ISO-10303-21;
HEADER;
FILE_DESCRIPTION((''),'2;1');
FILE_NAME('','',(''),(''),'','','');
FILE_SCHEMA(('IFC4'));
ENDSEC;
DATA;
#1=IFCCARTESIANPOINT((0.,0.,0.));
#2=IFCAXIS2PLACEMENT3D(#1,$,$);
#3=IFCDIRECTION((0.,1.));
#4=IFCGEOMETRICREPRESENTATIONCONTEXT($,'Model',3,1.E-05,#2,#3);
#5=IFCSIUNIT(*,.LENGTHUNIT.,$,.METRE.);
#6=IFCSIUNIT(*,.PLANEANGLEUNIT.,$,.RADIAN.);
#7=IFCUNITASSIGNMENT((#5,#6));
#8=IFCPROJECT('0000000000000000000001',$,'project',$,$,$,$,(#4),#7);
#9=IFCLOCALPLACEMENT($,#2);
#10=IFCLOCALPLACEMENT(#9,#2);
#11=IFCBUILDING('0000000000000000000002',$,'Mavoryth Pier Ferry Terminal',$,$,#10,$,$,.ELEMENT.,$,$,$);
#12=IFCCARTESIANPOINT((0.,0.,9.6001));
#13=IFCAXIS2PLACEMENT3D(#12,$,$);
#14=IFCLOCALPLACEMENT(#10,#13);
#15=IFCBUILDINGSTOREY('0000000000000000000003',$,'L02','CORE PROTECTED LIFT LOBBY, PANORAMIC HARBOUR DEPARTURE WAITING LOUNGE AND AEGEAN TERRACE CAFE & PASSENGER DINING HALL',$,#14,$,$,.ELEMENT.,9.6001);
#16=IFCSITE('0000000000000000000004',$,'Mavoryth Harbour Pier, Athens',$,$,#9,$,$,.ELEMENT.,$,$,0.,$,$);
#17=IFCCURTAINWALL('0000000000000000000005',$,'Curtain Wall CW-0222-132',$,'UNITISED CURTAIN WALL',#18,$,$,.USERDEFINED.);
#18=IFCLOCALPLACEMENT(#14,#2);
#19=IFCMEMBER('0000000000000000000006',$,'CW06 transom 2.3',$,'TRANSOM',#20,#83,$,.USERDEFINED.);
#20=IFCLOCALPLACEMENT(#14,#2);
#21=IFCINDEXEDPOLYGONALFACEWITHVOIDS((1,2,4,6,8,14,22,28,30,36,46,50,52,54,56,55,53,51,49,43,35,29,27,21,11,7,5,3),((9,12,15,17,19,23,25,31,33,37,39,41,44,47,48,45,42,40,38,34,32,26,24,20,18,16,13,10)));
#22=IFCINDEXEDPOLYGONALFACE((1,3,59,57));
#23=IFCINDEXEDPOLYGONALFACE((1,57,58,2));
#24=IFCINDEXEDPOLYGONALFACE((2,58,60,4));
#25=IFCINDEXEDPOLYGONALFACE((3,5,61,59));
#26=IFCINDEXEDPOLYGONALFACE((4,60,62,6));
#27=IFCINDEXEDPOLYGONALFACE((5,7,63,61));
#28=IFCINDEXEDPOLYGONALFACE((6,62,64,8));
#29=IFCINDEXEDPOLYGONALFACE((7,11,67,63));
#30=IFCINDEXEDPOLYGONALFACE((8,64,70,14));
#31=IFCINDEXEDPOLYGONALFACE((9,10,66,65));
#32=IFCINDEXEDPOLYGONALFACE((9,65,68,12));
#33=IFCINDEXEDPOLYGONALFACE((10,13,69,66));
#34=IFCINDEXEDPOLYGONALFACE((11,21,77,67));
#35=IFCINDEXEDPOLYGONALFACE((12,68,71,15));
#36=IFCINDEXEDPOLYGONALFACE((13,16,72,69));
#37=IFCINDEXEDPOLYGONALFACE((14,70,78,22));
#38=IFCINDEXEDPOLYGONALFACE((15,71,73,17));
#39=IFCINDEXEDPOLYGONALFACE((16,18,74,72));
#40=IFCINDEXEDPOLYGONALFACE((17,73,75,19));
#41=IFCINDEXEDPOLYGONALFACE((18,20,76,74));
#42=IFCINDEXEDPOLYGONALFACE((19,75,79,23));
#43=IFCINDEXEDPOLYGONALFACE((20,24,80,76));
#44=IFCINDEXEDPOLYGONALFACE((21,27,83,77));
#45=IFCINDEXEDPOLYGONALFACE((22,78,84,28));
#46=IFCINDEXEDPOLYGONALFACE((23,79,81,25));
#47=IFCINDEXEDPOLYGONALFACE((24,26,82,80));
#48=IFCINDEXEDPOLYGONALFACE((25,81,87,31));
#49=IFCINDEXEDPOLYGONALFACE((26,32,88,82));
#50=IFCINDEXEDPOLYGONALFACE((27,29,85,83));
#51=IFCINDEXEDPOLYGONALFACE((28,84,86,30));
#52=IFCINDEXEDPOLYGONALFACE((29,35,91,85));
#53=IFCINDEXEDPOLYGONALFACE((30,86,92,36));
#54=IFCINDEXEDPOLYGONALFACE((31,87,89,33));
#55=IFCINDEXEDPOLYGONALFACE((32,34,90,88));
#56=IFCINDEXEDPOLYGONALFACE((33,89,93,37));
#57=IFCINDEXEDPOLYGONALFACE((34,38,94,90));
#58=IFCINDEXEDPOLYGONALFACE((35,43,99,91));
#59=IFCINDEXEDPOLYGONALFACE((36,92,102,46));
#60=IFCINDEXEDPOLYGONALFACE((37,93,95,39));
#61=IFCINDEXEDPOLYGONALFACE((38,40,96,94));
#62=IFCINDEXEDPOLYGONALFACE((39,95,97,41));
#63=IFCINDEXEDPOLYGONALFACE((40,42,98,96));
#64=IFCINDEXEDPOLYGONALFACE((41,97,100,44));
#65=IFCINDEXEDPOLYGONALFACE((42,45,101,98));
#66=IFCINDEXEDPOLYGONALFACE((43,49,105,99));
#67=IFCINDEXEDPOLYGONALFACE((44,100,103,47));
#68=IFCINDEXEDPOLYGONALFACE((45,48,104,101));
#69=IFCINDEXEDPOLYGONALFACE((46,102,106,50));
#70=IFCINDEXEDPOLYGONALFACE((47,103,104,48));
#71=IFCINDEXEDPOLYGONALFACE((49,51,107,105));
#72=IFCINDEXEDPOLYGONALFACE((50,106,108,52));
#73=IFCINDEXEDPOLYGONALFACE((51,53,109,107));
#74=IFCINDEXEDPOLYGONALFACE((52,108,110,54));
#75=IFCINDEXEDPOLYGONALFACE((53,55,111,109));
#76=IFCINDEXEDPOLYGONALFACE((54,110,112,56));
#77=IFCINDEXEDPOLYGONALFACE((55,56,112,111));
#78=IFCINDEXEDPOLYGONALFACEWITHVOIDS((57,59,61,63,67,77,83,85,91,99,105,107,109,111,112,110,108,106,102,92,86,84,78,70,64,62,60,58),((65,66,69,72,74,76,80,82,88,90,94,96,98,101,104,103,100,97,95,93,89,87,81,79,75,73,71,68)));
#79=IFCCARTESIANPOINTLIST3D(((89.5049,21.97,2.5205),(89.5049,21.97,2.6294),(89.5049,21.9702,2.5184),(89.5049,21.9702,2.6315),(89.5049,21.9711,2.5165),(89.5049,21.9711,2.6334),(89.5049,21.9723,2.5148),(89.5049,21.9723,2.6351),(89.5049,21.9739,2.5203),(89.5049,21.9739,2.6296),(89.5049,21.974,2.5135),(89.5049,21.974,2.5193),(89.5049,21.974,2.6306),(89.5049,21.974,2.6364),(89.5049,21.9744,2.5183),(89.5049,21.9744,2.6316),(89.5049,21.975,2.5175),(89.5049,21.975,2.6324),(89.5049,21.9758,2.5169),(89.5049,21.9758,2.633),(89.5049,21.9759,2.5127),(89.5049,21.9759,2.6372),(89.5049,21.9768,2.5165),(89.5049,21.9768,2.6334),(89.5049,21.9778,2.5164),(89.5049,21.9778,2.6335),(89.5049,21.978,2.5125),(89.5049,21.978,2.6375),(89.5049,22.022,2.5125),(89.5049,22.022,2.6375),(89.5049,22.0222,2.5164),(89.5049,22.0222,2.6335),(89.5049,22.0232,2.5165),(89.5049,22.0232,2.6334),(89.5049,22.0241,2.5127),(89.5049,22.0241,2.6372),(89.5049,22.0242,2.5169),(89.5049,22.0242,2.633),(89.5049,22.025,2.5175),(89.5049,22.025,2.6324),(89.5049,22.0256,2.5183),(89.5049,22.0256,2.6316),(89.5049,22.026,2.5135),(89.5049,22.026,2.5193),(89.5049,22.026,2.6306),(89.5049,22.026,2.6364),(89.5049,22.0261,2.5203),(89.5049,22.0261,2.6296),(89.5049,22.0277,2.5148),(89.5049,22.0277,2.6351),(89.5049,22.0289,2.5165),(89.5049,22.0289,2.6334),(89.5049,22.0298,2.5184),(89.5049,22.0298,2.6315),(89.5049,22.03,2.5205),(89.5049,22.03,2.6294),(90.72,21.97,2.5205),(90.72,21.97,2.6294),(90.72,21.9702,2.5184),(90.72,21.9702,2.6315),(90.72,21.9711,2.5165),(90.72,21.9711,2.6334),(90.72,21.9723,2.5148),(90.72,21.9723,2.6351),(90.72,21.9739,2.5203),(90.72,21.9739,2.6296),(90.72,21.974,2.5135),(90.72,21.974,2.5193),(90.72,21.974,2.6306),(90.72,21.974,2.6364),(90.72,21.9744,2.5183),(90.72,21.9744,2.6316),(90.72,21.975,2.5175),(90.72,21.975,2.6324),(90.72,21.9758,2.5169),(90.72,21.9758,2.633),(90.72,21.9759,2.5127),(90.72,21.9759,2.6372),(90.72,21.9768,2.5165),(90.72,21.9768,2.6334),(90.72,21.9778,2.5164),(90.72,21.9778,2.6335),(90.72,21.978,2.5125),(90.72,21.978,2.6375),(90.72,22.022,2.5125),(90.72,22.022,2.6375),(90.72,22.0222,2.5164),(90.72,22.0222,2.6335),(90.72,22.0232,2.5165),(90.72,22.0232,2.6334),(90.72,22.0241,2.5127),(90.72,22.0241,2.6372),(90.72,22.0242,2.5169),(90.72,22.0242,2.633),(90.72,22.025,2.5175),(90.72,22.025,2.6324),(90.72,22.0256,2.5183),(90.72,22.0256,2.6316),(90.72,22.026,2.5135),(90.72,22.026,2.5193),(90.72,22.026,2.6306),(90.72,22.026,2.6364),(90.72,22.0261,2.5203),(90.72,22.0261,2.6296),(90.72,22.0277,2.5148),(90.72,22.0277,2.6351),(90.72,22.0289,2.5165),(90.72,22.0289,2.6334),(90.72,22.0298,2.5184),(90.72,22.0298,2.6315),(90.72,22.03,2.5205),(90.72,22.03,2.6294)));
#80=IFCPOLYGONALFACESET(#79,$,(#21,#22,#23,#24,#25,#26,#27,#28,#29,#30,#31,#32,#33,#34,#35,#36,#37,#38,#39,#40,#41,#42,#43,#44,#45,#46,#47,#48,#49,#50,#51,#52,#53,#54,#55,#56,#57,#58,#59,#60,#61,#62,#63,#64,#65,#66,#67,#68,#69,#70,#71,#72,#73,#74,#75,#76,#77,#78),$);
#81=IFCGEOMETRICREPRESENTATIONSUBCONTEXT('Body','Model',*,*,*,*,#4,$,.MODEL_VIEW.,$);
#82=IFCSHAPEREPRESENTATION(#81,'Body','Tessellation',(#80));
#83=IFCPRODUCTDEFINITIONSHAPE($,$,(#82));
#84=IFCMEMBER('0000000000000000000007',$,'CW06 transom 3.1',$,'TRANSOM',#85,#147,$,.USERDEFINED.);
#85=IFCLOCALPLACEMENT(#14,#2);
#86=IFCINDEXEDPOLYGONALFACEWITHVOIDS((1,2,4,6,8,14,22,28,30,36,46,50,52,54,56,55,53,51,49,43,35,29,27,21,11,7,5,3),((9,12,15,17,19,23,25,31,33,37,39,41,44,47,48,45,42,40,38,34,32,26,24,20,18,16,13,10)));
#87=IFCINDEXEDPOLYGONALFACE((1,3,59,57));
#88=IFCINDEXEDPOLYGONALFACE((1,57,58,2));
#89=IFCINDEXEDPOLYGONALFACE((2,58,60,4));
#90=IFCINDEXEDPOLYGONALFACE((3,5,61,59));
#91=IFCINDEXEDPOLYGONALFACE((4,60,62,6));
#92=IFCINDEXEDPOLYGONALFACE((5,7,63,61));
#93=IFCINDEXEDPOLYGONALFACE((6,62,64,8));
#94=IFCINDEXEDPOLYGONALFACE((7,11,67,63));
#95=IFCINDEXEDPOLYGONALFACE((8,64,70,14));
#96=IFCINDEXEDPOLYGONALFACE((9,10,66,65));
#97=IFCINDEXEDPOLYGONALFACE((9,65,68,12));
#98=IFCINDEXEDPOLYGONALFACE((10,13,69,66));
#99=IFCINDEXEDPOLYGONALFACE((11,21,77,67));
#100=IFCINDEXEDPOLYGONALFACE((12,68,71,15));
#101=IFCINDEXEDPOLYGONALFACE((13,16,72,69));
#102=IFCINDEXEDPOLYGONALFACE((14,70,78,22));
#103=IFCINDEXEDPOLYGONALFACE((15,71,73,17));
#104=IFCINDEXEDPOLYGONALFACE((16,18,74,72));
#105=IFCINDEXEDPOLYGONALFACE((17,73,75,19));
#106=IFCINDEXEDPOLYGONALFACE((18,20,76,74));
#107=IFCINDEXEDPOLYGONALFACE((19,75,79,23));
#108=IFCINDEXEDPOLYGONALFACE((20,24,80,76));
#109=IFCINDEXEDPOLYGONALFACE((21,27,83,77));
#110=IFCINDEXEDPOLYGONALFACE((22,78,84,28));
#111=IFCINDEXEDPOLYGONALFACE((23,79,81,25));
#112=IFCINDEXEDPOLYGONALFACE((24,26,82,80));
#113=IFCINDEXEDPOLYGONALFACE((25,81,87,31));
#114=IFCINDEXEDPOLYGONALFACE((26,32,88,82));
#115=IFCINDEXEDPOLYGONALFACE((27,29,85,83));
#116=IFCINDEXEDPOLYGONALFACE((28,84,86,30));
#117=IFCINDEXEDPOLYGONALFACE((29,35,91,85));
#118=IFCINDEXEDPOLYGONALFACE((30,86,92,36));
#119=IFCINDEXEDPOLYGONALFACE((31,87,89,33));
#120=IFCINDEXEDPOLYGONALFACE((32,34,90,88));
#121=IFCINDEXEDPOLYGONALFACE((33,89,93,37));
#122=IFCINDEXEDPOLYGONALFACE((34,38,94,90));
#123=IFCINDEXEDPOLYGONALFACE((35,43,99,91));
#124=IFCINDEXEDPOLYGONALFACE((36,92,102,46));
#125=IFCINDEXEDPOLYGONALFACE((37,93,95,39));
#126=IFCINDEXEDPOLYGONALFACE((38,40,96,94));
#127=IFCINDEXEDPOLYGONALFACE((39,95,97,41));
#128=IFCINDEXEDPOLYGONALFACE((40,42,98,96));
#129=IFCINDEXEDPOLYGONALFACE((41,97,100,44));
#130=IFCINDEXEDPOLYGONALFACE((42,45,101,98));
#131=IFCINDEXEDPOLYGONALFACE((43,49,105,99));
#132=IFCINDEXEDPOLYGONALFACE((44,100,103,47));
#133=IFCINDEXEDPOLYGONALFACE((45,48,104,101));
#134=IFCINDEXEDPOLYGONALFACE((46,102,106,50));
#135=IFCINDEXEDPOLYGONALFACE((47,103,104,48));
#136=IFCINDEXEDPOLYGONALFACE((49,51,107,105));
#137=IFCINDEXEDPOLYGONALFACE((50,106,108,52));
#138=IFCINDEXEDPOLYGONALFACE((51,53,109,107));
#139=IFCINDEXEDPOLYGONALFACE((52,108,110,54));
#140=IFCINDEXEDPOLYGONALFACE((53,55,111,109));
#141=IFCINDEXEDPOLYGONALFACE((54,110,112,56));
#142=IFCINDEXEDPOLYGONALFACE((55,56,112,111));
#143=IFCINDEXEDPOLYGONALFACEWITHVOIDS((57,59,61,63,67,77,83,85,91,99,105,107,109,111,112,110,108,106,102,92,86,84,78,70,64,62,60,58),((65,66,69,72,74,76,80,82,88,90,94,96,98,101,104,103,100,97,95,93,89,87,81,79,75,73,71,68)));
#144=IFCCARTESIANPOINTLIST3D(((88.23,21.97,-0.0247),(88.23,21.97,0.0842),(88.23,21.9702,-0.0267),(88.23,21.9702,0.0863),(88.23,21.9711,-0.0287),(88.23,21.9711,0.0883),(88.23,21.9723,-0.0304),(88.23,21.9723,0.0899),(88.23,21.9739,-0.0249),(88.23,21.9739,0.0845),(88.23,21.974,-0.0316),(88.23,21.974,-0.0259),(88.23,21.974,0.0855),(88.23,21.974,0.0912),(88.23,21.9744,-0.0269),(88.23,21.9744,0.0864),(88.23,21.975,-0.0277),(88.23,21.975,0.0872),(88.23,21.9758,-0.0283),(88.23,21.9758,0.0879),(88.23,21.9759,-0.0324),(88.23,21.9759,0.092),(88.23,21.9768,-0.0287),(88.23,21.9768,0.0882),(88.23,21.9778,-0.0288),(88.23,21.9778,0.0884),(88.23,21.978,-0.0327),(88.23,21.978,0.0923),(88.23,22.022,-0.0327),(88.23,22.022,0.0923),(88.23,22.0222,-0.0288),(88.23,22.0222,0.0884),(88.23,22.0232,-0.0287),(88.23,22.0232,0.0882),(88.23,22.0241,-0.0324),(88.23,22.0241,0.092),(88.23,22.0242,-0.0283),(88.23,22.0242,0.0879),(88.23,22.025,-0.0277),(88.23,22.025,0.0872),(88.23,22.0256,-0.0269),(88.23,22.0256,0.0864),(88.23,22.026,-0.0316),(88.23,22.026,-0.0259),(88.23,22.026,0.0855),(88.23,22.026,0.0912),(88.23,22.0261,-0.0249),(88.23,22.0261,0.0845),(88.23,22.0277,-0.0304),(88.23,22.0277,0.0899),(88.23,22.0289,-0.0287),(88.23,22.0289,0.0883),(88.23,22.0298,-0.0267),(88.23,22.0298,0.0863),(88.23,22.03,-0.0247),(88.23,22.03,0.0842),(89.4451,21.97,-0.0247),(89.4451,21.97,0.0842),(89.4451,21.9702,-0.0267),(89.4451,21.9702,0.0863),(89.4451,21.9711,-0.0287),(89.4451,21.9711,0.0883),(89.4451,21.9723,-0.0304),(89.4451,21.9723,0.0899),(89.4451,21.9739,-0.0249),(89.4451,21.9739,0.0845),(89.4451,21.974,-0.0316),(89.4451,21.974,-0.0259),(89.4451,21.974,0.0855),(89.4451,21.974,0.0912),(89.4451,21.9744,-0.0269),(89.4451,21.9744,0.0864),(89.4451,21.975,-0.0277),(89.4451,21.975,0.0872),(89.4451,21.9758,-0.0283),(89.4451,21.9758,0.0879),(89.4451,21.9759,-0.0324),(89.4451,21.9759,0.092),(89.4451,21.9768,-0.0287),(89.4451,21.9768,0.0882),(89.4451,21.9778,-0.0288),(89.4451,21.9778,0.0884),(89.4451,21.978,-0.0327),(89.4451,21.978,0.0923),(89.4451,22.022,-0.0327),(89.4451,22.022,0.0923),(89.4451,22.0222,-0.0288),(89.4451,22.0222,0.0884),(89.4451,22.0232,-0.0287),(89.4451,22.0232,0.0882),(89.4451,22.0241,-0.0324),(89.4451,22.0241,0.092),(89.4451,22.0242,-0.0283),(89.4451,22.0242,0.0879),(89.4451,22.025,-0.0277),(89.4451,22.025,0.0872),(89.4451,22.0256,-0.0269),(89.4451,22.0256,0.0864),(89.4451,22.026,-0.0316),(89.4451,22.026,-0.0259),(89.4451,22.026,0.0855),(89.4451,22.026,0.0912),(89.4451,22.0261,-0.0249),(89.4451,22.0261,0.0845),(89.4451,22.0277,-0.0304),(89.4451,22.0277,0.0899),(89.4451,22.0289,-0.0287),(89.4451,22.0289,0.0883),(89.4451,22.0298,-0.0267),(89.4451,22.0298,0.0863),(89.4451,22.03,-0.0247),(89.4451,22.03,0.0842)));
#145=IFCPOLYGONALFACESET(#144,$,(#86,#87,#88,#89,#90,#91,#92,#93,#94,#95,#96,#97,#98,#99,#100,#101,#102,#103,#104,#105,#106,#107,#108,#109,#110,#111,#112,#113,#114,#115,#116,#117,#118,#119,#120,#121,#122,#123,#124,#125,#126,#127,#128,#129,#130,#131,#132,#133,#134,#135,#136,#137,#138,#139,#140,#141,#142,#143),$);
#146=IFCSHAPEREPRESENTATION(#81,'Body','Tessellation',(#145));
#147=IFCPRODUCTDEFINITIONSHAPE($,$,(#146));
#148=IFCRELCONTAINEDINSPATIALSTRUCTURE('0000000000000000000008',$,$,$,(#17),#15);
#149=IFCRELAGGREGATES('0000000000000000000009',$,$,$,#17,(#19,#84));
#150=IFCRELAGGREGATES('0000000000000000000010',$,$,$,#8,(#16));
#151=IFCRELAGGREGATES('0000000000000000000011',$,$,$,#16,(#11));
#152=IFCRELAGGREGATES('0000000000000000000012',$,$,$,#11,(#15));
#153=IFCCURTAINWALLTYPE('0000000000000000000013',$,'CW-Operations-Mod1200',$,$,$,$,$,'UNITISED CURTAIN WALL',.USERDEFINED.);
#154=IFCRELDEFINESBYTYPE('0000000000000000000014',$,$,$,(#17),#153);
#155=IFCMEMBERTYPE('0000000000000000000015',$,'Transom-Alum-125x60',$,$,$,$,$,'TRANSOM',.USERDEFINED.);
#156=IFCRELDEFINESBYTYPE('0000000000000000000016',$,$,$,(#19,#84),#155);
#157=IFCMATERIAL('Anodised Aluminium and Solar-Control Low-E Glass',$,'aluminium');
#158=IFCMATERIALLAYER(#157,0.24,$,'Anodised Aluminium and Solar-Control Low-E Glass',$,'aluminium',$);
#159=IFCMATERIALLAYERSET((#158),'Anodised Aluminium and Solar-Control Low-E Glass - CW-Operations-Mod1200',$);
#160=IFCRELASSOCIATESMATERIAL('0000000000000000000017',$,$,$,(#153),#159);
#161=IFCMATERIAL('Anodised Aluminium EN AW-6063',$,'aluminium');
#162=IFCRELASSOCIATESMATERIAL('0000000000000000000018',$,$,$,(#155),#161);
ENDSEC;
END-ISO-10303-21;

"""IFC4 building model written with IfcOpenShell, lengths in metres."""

from ifc_helpers import new_model, si_unit, direction, frame, origin, origin_2d, place, context, subcontext, project, spatial, hollow_rectangle, extrude, material, layer, layer_set, material_profile, profile_set, type_object, element, aggregate, save


model = new_model("IFC4")

# Units and contexts
model_context = context("Model", 3, precision=1e-05, world=origin(), true_north=direction((0.0, 1.0)))
body_context = subcontext(model_context, "Body", "Model", "MODEL_VIEW")
ifc_project = project(units=[si_unit("LENGTHUNIT", "METRE"), si_unit("PLANEANGLEUNIT", "RADIAN")], contexts=[model_context])

# Site, building, storey
site_placement = place(None, origin())
site = spatial("IfcSite", under=ifc_project, at=site_placement, Name="Mavoryth Harbour Pier, Athens", CompositionType="ELEMENT", RefElevation=0.0)
building_placement = place(site_placement, origin())
building = spatial("IfcBuilding", under=site, at=building_placement, Name="Mavoryth Pier Ferry Terminal", CompositionType="ELEMENT")
storey_placement = place(building_placement, frame((0.0, 0.0, 9.6001)))
storey = spatial("IfcBuildingStorey", under=building, at=storey_placement, Name="L02", Description="CORE PROTECTED LIFT LOBBY, PANORAMIC HARBOUR DEPARTURE WAITING LOUNGE AND AEGEAN TERRACE CAFE & PASSENGER DINING HALL", CompositionType="ELEMENT", Elevation=9.6001)

# Curtain wall
ifc_material_1 = material(Name="Anodised Aluminium and Solar-Control Low-E Glass", Category="aluminium")
ifc_layer_1 = layer(ifc_material_1, 0.24, Name="Anodised Aluminium and Solar-Control Low-E Glass", Category="aluminium")
ifc_layer_set_1 = layer_set([ifc_layer_1], Name="Anodised Aluminium and Solar-Control Low-E Glass - CW-Operations-Mod1200")
curtain_wall_type = type_object("IfcCurtainWallType", Name="CW-Operations-Mod1200", ElementType="UNITISED CURTAIN WALL", PredefinedType="USERDEFINED", material=ifc_layer_set_1)
curtain_wall_placement = place(storey_placement, origin())
curtain_wall = element("IfcCurtainWall", 1, at=curtain_wall_placement, inside=storey, type_object=curtain_wall_type, Name="Curtain Wall CW-0222-132", ObjectType="UNITISED CURTAIN WALL", PredefinedType="USERDEFINED")
ifc_material_2 = material(Name="Anodised Aluminium EN AW-6063", Category="aluminium")

# Members
ifc_material_profile_1 = material_profile(ifc_material_2, hollow_rectangle(XDim=0.0601, YDim=0.125, WallThickness=0.0039, InnerFilletRadius=0.0039, OuterFilletRadius=0.0081, at=origin_2d()), Name="AL-TRAN 125x60x4", Category="aluminium")
ifc_profile_set_1 = profile_set([ifc_material_profile_1], Name="Anodised Aluminium EN AW-6063 - AL-TRAN 125x60x4")
member_type_1 = type_object("IfcMemberType", Name="Transom-Alum-125x60", ElementType="TRANSOM", PredefinedType="USERDEFINED", material=ifc_profile_set_1)
member_1_placement = place(storey_placement, frame((90.72, 22.0, 2.575), z_axis=(-1.0, 0.0, 0.0), x_axis=(0.0, -1.0, 0.0)))
member_1 = element("IfcMember", 2, at=member_1_placement, type_object=member_type_1, Name="CW06 transom 2.3", ObjectType="TRANSOM", PredefinedType="USERDEFINED", context=body_context, shape_type="SweptSolid", body=[
    extrude(hollow_rectangle(XDim=0.0601, YDim=0.125, WallThickness=0.0039, InnerFilletRadius=0.0039, OuterFilletRadius=0.0081, at=origin_2d()), origin(), (0.0, 0.0, 1.0), 1.2151),
])
member_2_placement = place(storey_placement, frame((89.4451, 22.0, 0.0298), z_axis=(-1.0, 0.0, 0.0), x_axis=(0.0, -1.0, 0.0)))
member_2 = element("IfcMember", 3, at=member_2_placement, type_object=member_type_1, Name="CW06 transom 3.1", ObjectType="TRANSOM", PredefinedType="USERDEFINED", context=body_context, shape_type="SweptSolid", body=[
    extrude(hollow_rectangle(XDim=0.0601, YDim=0.125, WallThickness=0.0039, InnerFilletRadius=0.0039, OuterFilletRadius=0.0081, at=origin_2d()), origin(), (0.0, 0.0, 1.0), 1.2151),
])

aggregate(curtain_wall, [member_1, member_2])

save(model, "model.ifc")
